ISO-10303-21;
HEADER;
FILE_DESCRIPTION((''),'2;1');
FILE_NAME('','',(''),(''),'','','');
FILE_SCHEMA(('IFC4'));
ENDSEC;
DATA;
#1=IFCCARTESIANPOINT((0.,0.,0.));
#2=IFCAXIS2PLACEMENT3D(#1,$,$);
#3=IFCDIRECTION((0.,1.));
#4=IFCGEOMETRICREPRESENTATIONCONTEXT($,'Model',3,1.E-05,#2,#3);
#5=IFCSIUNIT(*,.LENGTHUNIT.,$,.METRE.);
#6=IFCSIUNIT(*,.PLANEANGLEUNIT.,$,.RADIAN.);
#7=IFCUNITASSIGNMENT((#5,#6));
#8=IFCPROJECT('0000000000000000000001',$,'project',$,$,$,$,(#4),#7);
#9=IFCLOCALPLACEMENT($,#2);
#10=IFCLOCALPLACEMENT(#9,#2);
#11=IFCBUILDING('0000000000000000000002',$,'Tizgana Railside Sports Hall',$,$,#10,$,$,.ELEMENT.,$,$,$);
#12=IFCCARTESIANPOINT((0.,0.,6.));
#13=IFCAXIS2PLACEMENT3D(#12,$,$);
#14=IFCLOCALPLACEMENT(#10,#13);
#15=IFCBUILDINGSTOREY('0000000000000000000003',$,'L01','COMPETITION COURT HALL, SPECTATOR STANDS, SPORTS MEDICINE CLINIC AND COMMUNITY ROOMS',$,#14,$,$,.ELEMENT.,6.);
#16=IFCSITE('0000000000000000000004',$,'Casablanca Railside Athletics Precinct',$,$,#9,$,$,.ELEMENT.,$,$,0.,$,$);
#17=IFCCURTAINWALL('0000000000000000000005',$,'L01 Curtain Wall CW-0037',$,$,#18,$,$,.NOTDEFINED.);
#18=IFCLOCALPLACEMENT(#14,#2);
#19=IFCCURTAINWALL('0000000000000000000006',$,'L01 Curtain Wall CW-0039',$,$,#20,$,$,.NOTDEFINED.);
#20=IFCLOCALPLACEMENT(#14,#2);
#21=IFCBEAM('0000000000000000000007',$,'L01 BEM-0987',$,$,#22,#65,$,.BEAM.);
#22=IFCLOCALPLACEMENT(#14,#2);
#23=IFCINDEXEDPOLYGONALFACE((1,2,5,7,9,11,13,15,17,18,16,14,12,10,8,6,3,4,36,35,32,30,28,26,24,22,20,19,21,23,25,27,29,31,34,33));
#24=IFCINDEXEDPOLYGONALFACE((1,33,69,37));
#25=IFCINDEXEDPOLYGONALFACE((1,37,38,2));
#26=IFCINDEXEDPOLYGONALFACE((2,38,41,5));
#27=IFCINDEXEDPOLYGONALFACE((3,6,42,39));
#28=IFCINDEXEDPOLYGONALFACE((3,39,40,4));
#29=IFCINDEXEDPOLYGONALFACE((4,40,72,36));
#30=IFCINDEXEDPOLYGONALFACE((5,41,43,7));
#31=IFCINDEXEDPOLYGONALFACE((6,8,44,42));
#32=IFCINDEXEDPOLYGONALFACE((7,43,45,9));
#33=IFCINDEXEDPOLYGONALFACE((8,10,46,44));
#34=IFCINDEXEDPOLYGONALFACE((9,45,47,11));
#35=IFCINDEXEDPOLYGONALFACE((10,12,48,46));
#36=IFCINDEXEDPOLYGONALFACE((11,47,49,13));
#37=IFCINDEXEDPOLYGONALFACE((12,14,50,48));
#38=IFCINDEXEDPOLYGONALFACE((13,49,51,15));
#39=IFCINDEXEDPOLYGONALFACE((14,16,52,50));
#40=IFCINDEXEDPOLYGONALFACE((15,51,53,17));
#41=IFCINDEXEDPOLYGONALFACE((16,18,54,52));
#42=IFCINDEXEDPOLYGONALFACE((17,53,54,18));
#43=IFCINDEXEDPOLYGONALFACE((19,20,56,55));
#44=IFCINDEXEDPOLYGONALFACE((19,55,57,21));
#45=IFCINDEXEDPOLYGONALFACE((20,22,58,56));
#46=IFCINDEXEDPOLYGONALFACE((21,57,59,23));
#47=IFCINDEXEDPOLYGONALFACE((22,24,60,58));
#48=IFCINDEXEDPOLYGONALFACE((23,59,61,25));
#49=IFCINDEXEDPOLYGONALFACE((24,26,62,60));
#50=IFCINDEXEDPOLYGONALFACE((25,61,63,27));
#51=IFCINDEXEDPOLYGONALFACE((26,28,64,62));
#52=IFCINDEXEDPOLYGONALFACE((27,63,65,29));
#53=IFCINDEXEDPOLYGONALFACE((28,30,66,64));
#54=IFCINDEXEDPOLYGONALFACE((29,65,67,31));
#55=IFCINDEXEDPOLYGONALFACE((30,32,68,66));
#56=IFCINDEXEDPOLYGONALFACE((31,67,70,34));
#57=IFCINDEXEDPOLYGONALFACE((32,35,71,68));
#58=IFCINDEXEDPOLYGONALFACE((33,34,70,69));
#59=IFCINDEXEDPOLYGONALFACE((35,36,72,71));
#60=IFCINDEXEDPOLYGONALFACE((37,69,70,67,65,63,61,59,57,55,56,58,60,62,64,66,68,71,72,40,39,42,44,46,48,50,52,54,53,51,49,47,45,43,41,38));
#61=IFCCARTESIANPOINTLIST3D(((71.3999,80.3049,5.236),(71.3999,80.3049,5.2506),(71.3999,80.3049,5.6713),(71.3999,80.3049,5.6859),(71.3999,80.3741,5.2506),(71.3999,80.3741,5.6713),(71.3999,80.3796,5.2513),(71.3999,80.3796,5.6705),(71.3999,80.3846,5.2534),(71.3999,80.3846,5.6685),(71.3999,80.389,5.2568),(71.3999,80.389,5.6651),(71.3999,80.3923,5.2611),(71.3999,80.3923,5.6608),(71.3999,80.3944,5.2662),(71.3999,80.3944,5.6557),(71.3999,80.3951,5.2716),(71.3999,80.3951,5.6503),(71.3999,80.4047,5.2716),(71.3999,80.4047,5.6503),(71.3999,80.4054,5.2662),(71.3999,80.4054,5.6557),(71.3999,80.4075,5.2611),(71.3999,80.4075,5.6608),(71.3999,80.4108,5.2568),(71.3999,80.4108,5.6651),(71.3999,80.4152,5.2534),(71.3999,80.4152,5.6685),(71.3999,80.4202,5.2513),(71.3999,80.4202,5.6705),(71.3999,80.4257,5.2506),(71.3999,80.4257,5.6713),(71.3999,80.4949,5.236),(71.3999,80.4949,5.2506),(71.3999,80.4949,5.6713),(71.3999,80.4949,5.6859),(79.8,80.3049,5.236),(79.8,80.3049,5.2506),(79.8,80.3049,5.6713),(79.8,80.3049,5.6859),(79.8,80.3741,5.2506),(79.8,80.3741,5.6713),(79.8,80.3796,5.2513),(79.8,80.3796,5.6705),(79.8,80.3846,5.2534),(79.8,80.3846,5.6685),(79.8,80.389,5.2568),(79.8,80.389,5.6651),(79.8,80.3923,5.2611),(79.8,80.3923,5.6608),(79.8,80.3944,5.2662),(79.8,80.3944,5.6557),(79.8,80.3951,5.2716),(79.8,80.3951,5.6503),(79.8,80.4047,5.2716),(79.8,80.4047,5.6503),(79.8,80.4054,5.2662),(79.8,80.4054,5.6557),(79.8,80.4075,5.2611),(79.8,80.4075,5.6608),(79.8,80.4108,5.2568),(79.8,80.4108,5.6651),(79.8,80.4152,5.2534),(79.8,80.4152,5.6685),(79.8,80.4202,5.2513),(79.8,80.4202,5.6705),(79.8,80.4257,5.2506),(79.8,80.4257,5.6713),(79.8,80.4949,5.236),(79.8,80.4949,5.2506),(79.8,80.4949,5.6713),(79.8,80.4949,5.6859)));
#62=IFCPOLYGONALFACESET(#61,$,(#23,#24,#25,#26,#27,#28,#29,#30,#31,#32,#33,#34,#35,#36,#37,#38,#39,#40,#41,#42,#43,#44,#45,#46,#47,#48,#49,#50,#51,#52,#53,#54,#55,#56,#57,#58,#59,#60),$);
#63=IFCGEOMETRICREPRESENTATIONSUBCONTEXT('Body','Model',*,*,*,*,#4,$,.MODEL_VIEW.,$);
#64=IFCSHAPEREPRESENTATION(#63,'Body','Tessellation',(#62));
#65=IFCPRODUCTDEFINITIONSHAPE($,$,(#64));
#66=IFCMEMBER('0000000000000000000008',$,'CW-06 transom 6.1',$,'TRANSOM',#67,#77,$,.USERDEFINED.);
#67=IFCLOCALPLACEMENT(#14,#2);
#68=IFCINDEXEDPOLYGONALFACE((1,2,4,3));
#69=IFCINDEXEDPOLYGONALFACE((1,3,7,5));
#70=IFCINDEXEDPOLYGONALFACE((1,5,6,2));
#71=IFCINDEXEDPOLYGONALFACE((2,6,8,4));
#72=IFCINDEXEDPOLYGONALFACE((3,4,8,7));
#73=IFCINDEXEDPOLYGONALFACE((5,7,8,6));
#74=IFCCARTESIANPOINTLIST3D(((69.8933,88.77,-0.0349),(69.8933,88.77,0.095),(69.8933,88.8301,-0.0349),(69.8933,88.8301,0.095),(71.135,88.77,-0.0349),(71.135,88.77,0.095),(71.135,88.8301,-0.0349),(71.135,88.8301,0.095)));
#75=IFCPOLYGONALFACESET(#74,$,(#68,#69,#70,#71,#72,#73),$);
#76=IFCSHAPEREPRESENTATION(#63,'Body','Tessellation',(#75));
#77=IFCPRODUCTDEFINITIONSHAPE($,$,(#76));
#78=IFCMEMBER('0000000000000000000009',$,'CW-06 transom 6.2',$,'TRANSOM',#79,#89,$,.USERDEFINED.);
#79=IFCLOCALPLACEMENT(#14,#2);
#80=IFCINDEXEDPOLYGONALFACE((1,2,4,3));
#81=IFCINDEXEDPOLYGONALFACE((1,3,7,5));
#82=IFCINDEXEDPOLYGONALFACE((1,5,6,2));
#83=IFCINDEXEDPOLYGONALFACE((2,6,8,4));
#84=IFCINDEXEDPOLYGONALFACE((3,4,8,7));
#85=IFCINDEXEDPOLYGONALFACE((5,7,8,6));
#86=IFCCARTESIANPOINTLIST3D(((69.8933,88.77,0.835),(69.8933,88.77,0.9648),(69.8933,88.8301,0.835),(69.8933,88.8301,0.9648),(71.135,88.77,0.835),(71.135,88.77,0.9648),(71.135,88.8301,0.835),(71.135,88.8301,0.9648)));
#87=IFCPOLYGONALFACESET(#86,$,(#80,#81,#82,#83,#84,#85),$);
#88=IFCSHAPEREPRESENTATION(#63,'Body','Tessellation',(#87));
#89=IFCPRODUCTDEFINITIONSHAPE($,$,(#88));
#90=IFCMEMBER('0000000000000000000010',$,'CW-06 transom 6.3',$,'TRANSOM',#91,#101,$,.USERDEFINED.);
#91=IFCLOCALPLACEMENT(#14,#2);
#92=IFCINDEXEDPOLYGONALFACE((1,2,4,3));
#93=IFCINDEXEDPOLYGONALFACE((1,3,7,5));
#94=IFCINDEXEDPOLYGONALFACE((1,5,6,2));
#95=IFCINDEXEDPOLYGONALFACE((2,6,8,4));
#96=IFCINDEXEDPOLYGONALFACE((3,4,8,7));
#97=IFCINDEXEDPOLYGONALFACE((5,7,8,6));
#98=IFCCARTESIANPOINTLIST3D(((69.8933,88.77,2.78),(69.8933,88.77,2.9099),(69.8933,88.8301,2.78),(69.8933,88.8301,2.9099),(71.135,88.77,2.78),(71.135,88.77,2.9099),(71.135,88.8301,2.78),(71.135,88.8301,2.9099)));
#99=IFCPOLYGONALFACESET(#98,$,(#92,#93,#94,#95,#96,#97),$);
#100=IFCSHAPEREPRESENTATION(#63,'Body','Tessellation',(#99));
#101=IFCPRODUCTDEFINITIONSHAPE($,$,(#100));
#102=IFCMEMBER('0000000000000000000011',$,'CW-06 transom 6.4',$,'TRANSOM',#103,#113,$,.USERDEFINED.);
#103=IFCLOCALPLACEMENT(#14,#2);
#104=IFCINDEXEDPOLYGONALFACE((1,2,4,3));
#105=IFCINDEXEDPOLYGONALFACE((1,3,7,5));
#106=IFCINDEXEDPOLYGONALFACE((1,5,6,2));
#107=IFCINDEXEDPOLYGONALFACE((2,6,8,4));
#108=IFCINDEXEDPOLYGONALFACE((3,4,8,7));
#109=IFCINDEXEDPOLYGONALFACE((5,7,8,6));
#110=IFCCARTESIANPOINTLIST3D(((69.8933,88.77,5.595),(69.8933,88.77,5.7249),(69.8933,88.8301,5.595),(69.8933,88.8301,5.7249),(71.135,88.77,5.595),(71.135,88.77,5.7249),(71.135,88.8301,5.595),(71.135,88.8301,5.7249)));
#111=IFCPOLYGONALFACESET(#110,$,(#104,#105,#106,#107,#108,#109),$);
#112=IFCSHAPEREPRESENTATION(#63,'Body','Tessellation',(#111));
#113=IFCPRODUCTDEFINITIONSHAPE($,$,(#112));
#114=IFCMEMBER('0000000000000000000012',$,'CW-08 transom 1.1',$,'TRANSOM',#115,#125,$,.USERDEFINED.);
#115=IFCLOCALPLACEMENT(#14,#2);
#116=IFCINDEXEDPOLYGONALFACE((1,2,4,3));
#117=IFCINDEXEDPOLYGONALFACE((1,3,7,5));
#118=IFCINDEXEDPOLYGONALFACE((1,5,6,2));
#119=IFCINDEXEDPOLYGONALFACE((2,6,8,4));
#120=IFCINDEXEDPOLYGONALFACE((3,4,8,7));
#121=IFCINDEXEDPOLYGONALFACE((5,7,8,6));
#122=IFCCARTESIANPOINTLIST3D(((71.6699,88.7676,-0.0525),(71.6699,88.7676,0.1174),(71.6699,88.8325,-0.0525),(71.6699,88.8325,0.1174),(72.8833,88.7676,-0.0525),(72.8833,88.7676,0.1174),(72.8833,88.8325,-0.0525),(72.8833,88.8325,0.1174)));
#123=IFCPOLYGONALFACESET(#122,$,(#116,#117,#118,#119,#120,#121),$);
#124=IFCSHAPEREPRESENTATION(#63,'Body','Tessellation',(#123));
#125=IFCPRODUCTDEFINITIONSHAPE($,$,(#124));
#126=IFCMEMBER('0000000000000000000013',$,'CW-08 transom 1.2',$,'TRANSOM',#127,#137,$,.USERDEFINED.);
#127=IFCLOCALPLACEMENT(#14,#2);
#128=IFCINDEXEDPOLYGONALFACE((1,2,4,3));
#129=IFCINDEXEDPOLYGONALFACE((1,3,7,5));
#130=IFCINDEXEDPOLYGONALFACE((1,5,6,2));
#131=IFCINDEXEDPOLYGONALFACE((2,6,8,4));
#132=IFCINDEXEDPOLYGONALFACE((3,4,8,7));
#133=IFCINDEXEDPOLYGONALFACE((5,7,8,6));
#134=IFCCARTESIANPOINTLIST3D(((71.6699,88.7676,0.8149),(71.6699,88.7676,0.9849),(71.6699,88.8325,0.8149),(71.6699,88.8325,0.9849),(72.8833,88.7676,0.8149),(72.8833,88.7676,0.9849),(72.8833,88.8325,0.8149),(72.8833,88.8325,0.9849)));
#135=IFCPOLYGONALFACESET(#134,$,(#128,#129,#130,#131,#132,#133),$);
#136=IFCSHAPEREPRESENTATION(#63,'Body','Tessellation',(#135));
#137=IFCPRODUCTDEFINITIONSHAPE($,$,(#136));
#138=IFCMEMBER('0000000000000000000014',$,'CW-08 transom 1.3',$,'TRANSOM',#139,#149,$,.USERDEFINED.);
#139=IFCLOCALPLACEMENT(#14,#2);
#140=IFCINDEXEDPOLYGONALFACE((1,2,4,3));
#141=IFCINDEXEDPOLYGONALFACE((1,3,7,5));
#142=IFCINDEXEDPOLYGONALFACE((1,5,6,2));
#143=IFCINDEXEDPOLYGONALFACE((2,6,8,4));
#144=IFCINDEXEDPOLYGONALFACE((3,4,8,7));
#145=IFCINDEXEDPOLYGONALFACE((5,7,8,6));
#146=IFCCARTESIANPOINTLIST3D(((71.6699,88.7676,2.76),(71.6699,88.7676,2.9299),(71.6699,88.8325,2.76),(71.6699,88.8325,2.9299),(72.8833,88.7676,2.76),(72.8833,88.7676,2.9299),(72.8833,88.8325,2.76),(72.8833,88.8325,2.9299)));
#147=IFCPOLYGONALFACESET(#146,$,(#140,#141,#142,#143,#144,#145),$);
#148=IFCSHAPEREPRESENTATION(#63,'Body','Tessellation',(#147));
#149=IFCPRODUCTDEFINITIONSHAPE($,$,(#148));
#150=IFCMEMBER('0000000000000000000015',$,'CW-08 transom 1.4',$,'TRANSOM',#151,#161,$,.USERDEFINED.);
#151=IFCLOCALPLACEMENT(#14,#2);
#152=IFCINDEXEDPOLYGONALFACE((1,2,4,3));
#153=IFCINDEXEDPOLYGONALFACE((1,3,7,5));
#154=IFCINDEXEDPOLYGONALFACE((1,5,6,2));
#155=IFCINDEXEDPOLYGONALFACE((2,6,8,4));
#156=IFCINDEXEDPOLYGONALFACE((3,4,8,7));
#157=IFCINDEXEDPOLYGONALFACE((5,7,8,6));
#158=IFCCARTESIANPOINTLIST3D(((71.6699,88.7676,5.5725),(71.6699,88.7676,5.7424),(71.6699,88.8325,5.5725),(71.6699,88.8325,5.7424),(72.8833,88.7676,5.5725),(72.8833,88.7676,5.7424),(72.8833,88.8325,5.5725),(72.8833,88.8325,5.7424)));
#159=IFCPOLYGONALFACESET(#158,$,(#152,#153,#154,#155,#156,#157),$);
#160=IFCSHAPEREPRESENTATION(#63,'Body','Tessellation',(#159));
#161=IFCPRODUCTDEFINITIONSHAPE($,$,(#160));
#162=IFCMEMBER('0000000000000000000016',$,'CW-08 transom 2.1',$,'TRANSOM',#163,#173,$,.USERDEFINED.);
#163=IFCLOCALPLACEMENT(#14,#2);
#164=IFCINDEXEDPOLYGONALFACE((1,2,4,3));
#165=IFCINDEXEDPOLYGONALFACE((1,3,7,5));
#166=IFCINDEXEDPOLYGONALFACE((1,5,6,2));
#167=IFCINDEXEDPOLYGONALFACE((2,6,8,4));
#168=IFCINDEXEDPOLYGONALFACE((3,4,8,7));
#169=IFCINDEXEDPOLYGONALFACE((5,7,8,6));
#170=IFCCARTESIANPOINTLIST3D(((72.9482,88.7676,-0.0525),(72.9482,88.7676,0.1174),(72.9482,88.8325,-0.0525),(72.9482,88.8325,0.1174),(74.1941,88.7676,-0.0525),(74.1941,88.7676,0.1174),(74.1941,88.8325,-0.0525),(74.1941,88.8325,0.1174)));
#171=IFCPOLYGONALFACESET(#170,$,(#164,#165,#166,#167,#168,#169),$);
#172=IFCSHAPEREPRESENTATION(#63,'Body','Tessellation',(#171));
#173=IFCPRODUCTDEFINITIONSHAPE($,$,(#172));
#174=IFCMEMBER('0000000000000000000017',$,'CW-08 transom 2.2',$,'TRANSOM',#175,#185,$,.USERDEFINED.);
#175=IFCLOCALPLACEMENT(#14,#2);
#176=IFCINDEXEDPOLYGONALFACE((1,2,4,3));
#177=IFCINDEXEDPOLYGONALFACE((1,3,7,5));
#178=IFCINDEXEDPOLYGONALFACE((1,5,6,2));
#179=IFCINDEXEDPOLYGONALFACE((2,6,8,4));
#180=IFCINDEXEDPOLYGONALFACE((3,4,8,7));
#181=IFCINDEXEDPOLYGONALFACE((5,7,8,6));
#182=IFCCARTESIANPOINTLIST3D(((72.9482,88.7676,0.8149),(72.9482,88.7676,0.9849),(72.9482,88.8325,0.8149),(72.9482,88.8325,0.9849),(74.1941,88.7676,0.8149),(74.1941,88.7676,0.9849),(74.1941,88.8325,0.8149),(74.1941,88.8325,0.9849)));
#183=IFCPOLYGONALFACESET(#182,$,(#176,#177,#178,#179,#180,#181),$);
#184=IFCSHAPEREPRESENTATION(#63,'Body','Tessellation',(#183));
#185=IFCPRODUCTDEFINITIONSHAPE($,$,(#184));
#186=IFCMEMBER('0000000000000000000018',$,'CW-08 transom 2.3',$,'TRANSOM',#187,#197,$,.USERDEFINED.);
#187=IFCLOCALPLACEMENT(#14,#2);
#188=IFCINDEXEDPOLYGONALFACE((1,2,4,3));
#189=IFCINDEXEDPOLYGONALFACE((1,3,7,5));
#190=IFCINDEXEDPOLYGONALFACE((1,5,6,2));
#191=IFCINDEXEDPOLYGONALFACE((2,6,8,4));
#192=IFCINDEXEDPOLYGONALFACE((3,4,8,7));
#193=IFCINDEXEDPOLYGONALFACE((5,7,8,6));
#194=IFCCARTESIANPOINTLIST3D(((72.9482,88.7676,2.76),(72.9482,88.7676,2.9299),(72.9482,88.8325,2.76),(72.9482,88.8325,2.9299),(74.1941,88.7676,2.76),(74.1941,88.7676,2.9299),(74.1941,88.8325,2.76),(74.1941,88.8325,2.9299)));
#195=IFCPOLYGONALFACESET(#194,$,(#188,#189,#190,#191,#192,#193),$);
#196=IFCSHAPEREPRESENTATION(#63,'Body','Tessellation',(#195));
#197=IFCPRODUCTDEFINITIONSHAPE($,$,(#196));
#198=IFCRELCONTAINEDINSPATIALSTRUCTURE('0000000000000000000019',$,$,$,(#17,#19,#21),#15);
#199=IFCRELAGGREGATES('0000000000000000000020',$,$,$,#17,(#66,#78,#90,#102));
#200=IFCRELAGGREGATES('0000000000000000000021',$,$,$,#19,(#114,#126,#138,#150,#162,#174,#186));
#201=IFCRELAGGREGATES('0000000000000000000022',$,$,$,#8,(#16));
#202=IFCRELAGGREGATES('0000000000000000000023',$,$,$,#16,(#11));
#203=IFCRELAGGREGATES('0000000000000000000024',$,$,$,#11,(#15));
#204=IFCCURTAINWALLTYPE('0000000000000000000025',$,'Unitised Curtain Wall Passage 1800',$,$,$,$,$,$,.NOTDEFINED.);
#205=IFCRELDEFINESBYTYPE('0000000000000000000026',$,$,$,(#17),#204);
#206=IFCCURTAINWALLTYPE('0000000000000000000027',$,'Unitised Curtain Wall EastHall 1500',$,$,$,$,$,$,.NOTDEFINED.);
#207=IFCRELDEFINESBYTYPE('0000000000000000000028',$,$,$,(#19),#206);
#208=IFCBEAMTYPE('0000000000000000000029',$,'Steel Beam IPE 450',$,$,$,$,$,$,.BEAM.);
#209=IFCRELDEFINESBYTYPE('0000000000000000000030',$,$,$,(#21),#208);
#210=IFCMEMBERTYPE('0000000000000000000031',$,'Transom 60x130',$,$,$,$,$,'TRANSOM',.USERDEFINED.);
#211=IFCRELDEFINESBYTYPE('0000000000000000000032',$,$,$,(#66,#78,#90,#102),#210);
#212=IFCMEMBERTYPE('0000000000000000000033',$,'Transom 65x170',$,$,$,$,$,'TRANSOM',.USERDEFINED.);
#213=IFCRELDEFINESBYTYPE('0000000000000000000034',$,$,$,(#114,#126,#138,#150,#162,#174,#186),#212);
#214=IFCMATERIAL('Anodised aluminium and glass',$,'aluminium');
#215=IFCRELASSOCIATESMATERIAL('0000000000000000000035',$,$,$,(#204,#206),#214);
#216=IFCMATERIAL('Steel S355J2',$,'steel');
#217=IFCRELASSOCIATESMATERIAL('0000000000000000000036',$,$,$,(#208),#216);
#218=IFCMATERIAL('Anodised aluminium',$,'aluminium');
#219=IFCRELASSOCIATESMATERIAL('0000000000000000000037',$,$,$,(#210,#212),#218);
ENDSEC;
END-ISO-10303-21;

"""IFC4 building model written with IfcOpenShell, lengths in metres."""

from ifc_helpers import new_model, si_unit, direction, frame, origin, origin_2d, place, context, subcontext, project, spatial, rectangle, i_section, extrude, material, material_profile, profile_set, type_object, element, aggregate, save


model = new_model("IFC4")

# Units and contexts
model_context = context("Model", 3, precision=1e-05, world=origin(), true_north=direction((0.0, 1.0)))
body_context = subcontext(model_context, "Body", "Model", "MODEL_VIEW")
ifc_project = project(units=[si_unit("LENGTHUNIT", "METRE"), si_unit("PLANEANGLEUNIT", "RADIAN")], contexts=[model_context])

# Site, building, storey
site_placement = place(None, origin())
site = spatial("IfcSite", under=ifc_project, at=site_placement, Name="Casablanca Railside Athletics Precinct", CompositionType="ELEMENT", RefElevation=0.0)
building_placement = place(site_placement, origin())
building = spatial("IfcBuilding", under=site, at=building_placement, Name="Tizgana Railside Sports Hall", CompositionType="ELEMENT")
storey_placement = place(building_placement, frame((0.0, 0.0, 6.0)))
storey = spatial("IfcBuildingStorey", under=building, at=storey_placement, Name="L01", Description="COMPETITION COURT HALL, SPECTATOR STANDS, SPORTS MEDICINE CLINIC AND COMMUNITY ROOMS", CompositionType="ELEMENT", Elevation=6.0)

# Shared definitions
ifc_material_1 = material(Name="Steel S355J2", Category="steel")

# Curtain wall
ifc_material_2 = material(Name="Anodised aluminium and glass", Category="aluminium")
curtain_wall_type_1 = type_object("IfcCurtainWallType", Name="Unitised Curtain Wall Passage 1800", PredefinedType="NOTDEFINED", material=ifc_material_2)
curtain_wall_1_placement = place(storey_placement, origin())
curtain_wall_1 = element("IfcCurtainWall", 1, at=curtain_wall_1_placement, inside=storey, type_object=curtain_wall_type_1, Name="L01 Curtain Wall CW-0037", PredefinedType="NOTDEFINED")
ifc_material_3 = material(Name="Anodised aluminium", Category="aluminium")

# Curtain wall
curtain_wall_type_2 = type_object("IfcCurtainWallType", Name="Unitised Curtain Wall EastHall 1500", PredefinedType="NOTDEFINED", material=ifc_material_2)
curtain_wall_2_placement = place(storey_placement, origin())
curtain_wall_2 = element("IfcCurtainWall", 2, at=curtain_wall_2_placement, inside=storey, type_object=curtain_wall_type_2, Name="L01 Curtain Wall CW-0039", PredefinedType="NOTDEFINED")

# Beam
ifc_material_profile_1 = material_profile(ifc_material_1, i_section(OverallWidth=0.1899, OverallDepth=0.45, WebThickness=0.0095, FlangeThickness=0.0146, FilletRadius=0.021, at=origin_2d()), Name="IPE 450")
ifc_profile_set_1 = profile_set([ifc_material_profile_1], Name="Steel S355J2")
beam_type = type_object("IfcBeamType", Name="Steel Beam IPE 450", PredefinedType="BEAM", material=ifc_profile_set_1)
beam_placement = place(storey_placement, frame((71.3999, 80.3999, 5.4609), z_axis=(1.0, 0.0, 0.0), x_axis=(0.0, 1.0, 0.0)))
element("IfcBeam", 3, at=beam_placement, inside=storey, type_object=beam_type, Name="L01 BEM-0987", PredefinedType="BEAM", context=body_context, shape_type="SweptSolid", body=[
    extrude(i_section(OverallWidth=0.1899, OverallDepth=0.45, WebThickness=0.0095, FlangeThickness=0.0146, FilletRadius=0.021, at=origin_2d()), origin(), (0.0, 0.0, 1.0), 8.4001),
])

# Members
ifc_material_profile_2 = material_profile(ifc_material_3, rectangle(XDim=0.0601, YDim=0.1299, at=origin_2d()), Name="Transom 60x130")
ifc_profile_set_2 = profile_set([ifc_material_profile_2], Name="Anodised aluminium")
member_type_1 = type_object("IfcMemberType", Name="Transom 60x130", ElementType="TRANSOM", PredefinedType="USERDEFINED", material=ifc_profile_set_2)
member_1_placement = place(storey_placement, frame((69.8933, 88.8, 0.03), z_axis=(1.0, 0.0, 0.0), x_axis=(0.0, 1.0, 0.0)))
member_1 = element("IfcMember", 4, at=member_1_placement, type_object=member_type_1, Name="CW-06 transom 6.1", ObjectType="TRANSOM", PredefinedType="USERDEFINED", context=body_context, shape_type="SweptSolid", body=[
    extrude(rectangle(XDim=0.0601, YDim=0.1299, at=origin_2d()), origin(), (0.0, 0.0, 1.0), 1.2417),
])
member_2_placement = place(storey_placement, frame((69.8933, 88.8, 0.8999), z_axis=(1.0, 0.0, 0.0), x_axis=(0.0, 1.0, 0.0)))
member_2 = element("IfcMember", 5, at=member_2_placement, type_object=member_type_1, Name="CW-06 transom 6.2", ObjectType="TRANSOM", PredefinedType="USERDEFINED", context=body_context, shape_type="SweptSolid", body=[
    extrude(rectangle(XDim=0.0601, YDim=0.1299, at=origin_2d()), origin(), (0.0, 0.0, 1.0), 1.2417),
])
member_3_placement = place(storey_placement, frame((69.8933, 88.8, 2.845), z_axis=(1.0, 0.0, 0.0), x_axis=(0.0, 1.0, 0.0)))
member_3 = element("IfcMember", 6, at=member_3_placement, type_object=member_type_1, Name="CW-06 transom 6.3", ObjectType="TRANSOM", PredefinedType="USERDEFINED", context=body_context, shape_type="SweptSolid", body=[
    extrude(rectangle(XDim=0.0601, YDim=0.1299, at=origin_2d()), origin(), (0.0, 0.0, 1.0), 1.2417),
])
member_4_placement = place(storey_placement, frame((69.8933, 88.8, 5.6599), z_axis=(1.0, 0.0, 0.0), x_axis=(0.0, 1.0, 0.0)))
member_4 = element("IfcMember", 7, at=member_4_placement, type_object=member_type_1, Name="CW-06 transom 6.4", ObjectType="TRANSOM", PredefinedType="USERDEFINED", context=body_context, shape_type="SweptSolid", body=[
    extrude(rectangle(XDim=0.0601, YDim=0.1299, at=origin_2d()), origin(), (0.0, 0.0, 1.0), 1.2417),
])
ifc_material_profile_3 = material_profile(ifc_material_3, rectangle(XDim=0.0649, YDim=0.1699, at=origin_2d()), Name="Transom 65x170")
ifc_profile_set_3 = profile_set([ifc_material_profile_3], Name="Anodised aluminium")
member_type_2 = type_object("IfcMemberType", Name="Transom 65x170", ElementType="TRANSOM", PredefinedType="USERDEFINED", material=ifc_profile_set_3)
member_5_placement = place(storey_placement, frame((71.6699, 88.8, 0.0325), z_axis=(1.0, 0.0, 0.0), x_axis=(0.0, 1.0, 0.0)))
member_5 = element("IfcMember", 8, at=member_5_placement, type_object=member_type_2, Name="CW-08 transom 1.1", ObjectType="TRANSOM", PredefinedType="USERDEFINED", context=body_context, shape_type="SweptSolid", body=[
    extrude(rectangle(XDim=0.0649, YDim=0.1699, at=origin_2d()), origin(), (0.0, 0.0, 1.0), 1.2134),
])
member_6_placement = place(storey_placement, frame((71.6699, 88.8, 0.8999), z_axis=(1.0, 0.0, 0.0), x_axis=(0.0, 1.0, 0.0)))
member_6 = element("IfcMember", 9, at=member_6_placement, type_object=member_type_2, Name="CW-08 transom 1.2", ObjectType="TRANSOM", PredefinedType="USERDEFINED", context=body_context, shape_type="SweptSolid", body=[
    extrude(rectangle(XDim=0.0649, YDim=0.1699, at=origin_2d()), origin(), (0.0, 0.0, 1.0), 1.2134),
])
member_7_placement = place(storey_placement, frame((71.6699, 88.8, 2.845), z_axis=(1.0, 0.0, 0.0), x_axis=(0.0, 1.0, 0.0)))
member_7 = element("IfcMember", 10, at=member_7_placement, type_object=member_type_2, Name="CW-08 transom 1.3", ObjectType="TRANSOM", PredefinedType="USERDEFINED", context=body_context, shape_type="SweptSolid", body=[
    extrude(rectangle(XDim=0.0649, YDim=0.1699, at=origin_2d()), origin(), (0.0, 0.0, 1.0), 1.2134),
])
member_8_placement = place(storey_placement, frame((71.6699, 88.8, 5.6575), z_axis=(1.0, 0.0, 0.0), x_axis=(0.0, 1.0, 0.0)))
member_8 = element("IfcMember", 11, at=member_8_placement, type_object=member_type_2, Name="CW-08 transom 1.4", ObjectType="TRANSOM", PredefinedType="USERDEFINED", context=body_context, shape_type="SweptSolid", body=[
    extrude(rectangle(XDim=0.0649, YDim=0.1699, at=origin_2d()), origin(), (0.0, 0.0, 1.0), 1.2134),
])
member_9_placement = place(storey_placement, frame((72.9482, 88.8, 0.0325), z_axis=(1.0, 0.0, 0.0), x_axis=(0.0, 1.0, 0.0)))
member_9 = element("IfcMember", 12, at=member_9_placement, type_object=member_type_2, Name="CW-08 transom 2.1", ObjectType="TRANSOM", PredefinedType="USERDEFINED", context=body_context, shape_type="SweptSolid", body=[
    extrude(rectangle(XDim=0.0649, YDim=0.1699, at=origin_2d()), origin(), (0.0, 0.0, 1.0), 1.2458),
])
member_10_placement = place(storey_placement, frame((72.9482, 88.8, 0.8999), z_axis=(1.0, 0.0, 0.0), x_axis=(0.0, 1.0, 0.0)))
member_10 = element("IfcMember", 13, at=member_10_placement, type_object=member_type_2, Name="CW-08 transom 2.2", ObjectType="TRANSOM", PredefinedType="USERDEFINED", context=body_context, shape_type="SweptSolid", body=[
    extrude(rectangle(XDim=0.0649, YDim=0.1699, at=origin_2d()), origin(), (0.0, 0.0, 1.0), 1.2458),
])
member_11_placement = place(storey_placement, frame((72.9482, 88.8, 2.845), z_axis=(1.0, 0.0, 0.0), x_axis=(0.0, 1.0, 0.0)))
member_11 = element("IfcMember", 14, at=member_11_placement, type_object=member_type_2, Name="CW-08 transom 2.3", ObjectType="TRANSOM", PredefinedType="USERDEFINED", context=body_context, shape_type="SweptSolid", body=[
    extrude(rectangle(XDim=0.0649, YDim=0.1699, at=origin_2d()), origin(), (0.0, 0.0, 1.0), 1.2458),
])

aggregate(curtain_wall_1, [member_1, member_2, member_3, member_4])
aggregate(curtain_wall_2, [member_5, member_6, member_7, member_8, member_9, member_10, member_11])

save(model, "model.ifc")
